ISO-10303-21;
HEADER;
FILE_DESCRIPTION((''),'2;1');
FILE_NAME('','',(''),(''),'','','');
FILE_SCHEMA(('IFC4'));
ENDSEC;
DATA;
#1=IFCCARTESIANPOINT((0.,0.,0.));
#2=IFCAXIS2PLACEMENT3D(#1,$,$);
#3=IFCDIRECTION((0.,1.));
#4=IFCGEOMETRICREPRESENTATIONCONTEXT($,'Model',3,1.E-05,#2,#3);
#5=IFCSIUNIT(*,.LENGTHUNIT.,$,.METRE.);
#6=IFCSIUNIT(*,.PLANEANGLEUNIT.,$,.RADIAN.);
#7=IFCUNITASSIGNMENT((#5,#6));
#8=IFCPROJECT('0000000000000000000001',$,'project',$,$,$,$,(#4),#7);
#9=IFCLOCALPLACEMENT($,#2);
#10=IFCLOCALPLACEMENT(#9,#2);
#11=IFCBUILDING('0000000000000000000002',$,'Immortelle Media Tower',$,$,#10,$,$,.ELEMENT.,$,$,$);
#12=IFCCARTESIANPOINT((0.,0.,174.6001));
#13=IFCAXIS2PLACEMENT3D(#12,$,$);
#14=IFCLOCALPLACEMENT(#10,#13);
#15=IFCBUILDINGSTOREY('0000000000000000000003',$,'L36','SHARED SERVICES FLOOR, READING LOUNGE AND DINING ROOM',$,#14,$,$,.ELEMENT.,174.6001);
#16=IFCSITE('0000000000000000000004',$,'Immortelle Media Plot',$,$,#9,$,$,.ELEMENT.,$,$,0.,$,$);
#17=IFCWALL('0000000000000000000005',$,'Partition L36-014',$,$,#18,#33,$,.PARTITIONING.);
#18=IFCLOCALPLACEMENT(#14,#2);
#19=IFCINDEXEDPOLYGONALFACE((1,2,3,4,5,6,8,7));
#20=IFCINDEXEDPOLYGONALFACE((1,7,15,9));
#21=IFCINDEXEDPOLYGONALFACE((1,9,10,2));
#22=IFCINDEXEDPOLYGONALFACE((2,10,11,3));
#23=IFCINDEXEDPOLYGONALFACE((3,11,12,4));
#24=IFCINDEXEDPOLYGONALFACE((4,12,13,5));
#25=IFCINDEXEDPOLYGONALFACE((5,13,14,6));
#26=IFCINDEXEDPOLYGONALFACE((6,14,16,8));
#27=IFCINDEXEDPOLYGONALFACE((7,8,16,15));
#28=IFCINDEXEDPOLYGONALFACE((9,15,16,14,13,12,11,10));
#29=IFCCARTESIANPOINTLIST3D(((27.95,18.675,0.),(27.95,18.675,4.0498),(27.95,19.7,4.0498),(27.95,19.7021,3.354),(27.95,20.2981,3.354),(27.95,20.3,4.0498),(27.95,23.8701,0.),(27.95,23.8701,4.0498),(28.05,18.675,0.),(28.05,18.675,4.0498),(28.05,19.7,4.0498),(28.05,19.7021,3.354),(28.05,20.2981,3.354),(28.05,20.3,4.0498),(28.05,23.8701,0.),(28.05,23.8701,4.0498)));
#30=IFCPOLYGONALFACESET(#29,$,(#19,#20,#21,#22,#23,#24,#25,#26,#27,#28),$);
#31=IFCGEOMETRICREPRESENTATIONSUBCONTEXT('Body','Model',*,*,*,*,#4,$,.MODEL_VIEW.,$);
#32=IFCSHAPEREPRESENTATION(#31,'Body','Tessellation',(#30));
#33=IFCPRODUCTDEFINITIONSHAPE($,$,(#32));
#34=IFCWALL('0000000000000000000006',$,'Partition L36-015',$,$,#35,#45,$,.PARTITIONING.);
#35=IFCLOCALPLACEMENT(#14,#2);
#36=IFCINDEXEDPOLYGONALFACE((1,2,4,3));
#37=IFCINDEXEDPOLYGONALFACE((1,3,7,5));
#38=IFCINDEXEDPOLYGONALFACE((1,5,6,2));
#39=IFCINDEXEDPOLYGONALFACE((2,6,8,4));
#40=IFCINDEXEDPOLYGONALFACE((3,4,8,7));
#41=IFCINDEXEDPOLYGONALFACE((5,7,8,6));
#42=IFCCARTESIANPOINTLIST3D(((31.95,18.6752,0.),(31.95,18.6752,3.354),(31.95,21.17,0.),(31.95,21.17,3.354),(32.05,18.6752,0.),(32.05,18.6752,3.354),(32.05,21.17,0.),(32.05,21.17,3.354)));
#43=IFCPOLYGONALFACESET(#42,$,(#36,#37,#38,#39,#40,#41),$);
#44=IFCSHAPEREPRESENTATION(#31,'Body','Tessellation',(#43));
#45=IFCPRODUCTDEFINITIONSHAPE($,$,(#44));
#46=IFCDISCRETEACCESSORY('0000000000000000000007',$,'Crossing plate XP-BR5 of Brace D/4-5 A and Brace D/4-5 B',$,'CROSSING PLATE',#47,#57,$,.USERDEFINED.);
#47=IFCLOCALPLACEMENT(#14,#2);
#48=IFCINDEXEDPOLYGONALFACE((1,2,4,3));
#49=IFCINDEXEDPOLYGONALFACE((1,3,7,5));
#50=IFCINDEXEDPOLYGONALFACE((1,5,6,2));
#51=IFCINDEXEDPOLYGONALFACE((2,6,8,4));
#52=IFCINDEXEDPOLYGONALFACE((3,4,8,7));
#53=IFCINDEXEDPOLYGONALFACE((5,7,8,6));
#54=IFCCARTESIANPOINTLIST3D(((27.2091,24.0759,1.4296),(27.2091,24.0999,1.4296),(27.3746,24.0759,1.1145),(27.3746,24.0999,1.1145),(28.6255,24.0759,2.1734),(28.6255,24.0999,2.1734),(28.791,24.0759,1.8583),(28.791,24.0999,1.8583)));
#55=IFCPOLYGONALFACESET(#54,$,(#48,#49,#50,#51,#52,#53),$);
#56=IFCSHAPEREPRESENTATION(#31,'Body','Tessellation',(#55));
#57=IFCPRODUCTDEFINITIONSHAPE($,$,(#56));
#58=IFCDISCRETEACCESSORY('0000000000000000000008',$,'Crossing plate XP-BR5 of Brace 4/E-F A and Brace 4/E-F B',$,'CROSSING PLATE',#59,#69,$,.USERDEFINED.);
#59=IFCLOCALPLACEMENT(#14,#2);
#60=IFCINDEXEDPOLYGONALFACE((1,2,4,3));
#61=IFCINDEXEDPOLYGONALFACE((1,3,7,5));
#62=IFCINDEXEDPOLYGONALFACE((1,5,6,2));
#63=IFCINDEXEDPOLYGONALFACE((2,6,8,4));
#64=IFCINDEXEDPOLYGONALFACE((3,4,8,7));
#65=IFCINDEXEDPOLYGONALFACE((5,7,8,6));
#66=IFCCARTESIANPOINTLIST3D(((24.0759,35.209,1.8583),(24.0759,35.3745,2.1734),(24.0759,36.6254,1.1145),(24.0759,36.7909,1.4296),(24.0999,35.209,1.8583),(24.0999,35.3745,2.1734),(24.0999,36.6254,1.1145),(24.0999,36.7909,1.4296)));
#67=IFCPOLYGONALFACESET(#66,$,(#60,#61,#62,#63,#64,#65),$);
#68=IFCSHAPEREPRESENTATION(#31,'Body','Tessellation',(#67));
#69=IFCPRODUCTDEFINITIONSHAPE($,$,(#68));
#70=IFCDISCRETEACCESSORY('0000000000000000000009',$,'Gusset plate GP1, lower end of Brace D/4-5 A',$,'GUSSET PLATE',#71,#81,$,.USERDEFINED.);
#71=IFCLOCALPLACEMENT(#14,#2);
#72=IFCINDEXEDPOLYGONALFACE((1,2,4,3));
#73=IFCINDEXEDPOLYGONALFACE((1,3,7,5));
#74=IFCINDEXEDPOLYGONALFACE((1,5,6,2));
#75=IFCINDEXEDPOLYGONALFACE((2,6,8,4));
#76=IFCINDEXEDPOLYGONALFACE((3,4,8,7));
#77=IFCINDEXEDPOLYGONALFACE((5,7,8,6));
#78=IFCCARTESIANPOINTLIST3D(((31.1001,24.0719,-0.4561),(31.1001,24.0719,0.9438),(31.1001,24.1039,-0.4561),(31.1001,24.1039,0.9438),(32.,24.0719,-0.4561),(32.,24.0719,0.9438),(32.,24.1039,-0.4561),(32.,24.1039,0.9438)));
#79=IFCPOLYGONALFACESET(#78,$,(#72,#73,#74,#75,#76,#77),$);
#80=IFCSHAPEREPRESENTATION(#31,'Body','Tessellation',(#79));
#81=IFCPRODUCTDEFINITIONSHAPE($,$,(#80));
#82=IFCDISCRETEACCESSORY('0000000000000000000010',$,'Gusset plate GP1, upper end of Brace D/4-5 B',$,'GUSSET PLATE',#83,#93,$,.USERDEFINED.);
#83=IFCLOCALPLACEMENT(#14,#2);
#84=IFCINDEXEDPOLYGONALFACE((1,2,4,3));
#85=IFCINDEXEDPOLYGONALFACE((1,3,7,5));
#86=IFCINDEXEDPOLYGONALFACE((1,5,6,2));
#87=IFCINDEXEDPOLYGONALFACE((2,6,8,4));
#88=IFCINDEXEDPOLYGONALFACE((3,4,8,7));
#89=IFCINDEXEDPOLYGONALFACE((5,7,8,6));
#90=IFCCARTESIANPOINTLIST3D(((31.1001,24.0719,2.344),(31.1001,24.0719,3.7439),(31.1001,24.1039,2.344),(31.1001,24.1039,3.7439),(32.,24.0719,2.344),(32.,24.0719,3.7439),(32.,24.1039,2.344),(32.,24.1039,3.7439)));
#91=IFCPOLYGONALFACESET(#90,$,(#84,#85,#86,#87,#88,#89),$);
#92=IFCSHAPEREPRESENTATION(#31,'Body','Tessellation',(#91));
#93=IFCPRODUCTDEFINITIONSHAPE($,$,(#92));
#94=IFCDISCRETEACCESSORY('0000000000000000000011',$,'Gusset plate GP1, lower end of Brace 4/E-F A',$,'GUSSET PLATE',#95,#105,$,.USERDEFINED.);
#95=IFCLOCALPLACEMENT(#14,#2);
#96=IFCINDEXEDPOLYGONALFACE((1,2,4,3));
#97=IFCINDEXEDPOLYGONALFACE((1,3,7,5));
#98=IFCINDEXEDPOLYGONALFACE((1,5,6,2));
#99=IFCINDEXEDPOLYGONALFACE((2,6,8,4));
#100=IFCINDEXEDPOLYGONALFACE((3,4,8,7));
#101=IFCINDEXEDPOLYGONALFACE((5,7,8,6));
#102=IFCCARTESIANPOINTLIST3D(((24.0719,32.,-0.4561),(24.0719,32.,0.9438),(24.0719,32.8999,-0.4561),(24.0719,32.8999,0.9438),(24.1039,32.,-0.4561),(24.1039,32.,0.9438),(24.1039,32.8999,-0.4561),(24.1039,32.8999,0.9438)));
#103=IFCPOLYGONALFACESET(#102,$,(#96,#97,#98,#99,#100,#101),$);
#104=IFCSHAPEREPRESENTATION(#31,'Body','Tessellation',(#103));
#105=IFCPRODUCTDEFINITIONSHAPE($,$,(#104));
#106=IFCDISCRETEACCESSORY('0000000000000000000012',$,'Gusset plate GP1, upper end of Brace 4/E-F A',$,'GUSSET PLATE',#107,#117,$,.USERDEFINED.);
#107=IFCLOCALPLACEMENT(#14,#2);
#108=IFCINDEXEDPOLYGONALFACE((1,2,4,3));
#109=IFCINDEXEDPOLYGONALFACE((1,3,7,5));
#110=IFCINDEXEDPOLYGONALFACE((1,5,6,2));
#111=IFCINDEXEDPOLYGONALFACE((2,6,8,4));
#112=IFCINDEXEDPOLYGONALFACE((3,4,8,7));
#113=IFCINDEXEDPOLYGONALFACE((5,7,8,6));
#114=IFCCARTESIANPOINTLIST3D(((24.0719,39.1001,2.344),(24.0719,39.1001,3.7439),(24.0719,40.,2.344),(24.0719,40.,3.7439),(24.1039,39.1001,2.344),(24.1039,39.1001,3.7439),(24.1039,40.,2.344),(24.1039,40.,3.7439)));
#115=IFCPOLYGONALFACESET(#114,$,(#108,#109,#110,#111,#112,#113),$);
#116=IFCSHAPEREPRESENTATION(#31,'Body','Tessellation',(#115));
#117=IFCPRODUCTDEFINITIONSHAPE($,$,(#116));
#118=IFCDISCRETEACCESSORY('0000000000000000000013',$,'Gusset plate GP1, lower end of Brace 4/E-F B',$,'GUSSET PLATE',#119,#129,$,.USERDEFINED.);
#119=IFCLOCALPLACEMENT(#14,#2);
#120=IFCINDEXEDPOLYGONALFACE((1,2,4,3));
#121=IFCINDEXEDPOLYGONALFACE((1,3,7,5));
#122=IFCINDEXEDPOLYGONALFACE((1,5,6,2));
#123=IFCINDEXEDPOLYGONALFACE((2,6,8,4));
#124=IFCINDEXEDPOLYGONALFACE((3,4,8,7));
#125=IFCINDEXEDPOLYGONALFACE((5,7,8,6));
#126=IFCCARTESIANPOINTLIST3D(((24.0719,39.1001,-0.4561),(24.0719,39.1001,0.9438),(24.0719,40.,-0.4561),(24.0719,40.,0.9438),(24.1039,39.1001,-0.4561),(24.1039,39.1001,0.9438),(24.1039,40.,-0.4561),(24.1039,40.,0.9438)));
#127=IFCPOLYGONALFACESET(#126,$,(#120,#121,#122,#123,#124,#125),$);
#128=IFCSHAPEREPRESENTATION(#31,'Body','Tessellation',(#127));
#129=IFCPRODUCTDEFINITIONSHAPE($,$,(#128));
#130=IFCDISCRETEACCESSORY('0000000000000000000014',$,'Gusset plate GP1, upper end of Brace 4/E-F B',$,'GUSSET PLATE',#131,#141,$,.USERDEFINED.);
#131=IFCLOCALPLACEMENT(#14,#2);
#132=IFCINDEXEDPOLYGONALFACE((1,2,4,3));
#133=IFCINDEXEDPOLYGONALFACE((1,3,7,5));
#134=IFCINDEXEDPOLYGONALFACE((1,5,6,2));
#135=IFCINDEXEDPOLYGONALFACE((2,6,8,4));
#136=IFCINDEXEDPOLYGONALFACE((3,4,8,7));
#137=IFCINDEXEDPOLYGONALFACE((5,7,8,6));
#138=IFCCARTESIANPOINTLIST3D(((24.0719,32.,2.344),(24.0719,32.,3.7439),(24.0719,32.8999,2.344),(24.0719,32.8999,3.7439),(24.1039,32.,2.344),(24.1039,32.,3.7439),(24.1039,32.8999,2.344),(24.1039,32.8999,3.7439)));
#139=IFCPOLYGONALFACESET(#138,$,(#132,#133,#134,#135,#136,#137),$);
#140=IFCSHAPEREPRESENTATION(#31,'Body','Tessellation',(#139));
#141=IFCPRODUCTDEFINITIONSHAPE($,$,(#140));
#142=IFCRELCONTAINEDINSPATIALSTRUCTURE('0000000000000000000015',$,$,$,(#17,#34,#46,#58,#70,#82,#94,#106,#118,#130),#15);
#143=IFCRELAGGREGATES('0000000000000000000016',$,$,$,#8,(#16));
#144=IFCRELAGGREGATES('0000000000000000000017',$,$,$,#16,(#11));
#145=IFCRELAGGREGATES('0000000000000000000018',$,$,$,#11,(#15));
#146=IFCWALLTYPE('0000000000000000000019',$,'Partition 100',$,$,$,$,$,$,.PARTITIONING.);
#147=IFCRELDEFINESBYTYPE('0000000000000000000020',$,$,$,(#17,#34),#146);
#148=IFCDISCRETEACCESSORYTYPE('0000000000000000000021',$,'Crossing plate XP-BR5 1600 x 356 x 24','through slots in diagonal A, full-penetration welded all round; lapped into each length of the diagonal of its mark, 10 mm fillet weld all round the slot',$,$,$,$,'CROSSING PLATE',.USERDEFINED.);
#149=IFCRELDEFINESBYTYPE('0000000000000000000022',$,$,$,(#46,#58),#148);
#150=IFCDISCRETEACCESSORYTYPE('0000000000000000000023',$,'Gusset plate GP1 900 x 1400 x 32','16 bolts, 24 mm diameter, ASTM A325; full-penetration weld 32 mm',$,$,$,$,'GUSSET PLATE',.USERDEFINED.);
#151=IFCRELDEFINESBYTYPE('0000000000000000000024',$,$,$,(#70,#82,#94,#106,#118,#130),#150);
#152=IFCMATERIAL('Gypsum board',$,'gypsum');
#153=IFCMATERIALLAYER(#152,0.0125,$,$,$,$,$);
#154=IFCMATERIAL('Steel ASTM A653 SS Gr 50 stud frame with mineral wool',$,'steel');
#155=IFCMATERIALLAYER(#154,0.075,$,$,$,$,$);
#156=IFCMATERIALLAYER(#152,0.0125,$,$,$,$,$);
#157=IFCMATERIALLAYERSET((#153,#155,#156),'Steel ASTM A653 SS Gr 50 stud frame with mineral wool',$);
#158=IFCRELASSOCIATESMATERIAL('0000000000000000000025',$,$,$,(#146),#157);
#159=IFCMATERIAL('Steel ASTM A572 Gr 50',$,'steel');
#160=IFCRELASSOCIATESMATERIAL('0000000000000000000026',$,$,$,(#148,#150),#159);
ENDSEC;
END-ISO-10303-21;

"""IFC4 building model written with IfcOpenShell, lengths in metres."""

from ifc_helpers import new_model, si_unit, direction, frame, frame_2d, origin, origin_2d, place, context, subcontext, project, spatial, polyline, rectangle, outline, extrude, material, layer, layer_set, material_profile, profile_set, type_object, element, save


model = new_model("IFC4")

# Units and contexts
model_context = context("Model", 3, precision=1e-05, world=origin(), true_north=direction((0.0, 1.0)))
body_context = subcontext(model_context, "Body", "Model", "MODEL_VIEW")
ifc_project = project(units=[si_unit("LENGTHUNIT", "METRE"), si_unit("PLANEANGLEUNIT", "RADIAN")], contexts=[model_context])

# Site, building, storey
site_placement = place(None, origin())
site = spatial("IfcSite", under=ifc_project, at=site_placement, Name="Immortelle Media Plot", CompositionType="ELEMENT", RefElevation=0.0)
building_placement = place(site_placement, origin())
building = spatial("IfcBuilding", under=site, at=building_placement, Name="Immortelle Media Tower", CompositionType="ELEMENT")
storey_placement = place(building_placement, frame((0.0, 0.0, 174.6001)))
storey = spatial("IfcBuildingStorey", under=building, at=storey_placement, Name="L36", Description="SHARED SERVICES FLOOR, READING LOUNGE AND DINING ROOM", CompositionType="ELEMENT", Elevation=174.6001)

# Shared definitions
ifc_material_1 = material(Name="Steel ASTM A653 SS Gr 50 stud frame with mineral wool", Category="steel")

# Walls
ifc_material_2 = material(Name="Gypsum board", Category="gypsum")
ifc_layer_1 = layer(ifc_material_2, 0.0125)
ifc_layer_2 = layer(ifc_material_1, 0.075)
ifc_layer_3 = layer(ifc_material_2, 0.0125)
ifc_layer_set_1 = layer_set([ifc_layer_1, ifc_layer_2, ifc_layer_3], Name="Steel ASTM A653 SS Gr 50 stud frame with mineral wool")
wall_type_1 = type_object("IfcWallType", Name="Partition 100", PredefinedType="PARTITIONING", material=ifc_layer_set_1)
wall_1_placement = place(storey_placement, frame((28.0, 18.675, 0.0), z_axis=(0.0, 0.0, 1.0), x_axis=(0.0, 1.0, 0.0)))
element("IfcWall", 1, at=wall_1_placement, inside=storey, type_object=wall_type_1, Name="Partition L36-014", PredefinedType="PARTITIONING", context=body_context, shape_type="SweptSolid", body=[
    extrude(outline(polyline([(0.0, 0.0), (5.1951, 0.0), (5.1951, 4.0498), (1.625, 4.0498), (1.623, 3.354), (1.0271, 3.354), (1.0249, 4.0498), (0.0, 4.0498), (0.0, 0.0)])), frame((0.0, 0.05, 0.0), z_axis=(0.0, -1.0, 0.0), x_axis=(1.0, 0.0, 0.0)), (0.0, 0.0, 1.0), 0.1001),
])
wall_2_placement = place(storey_placement, frame((32.0, 18.675, 0.0), z_axis=(0.0, 0.0, 1.0), x_axis=(0.0, 1.0, 0.0)))
element("IfcWall", 2, at=wall_2_placement, inside=storey, type_object=wall_type_1, Name="Partition L36-015", PredefinedType="PARTITIONING", context=body_context, shape_type="SweptSolid", body=[
    extrude(rectangle(XDim=2.4949, YDim=0.1001, at=frame_2d((1.2476, 0.0))), origin(), (0.0, 0.0, 1.0), 3.354),
])

# Discrete accessories
ifc_material_3 = material(Name="Steel ASTM A572 Gr 50", Category="steel")
ifc_material_profile_1 = material_profile(ifc_material_3, rectangle(XDim=0.0239, YDim=0.356, at=origin_2d()), Name="PL 24 x 356")
ifc_profile_set_1 = profile_set([ifc_material_profile_1], Name="Steel ASTM A572 Gr 50")
discrete_accessory_type_1 = type_object("IfcDiscreteAccessoryType", Name="Crossing plate XP-BR5 1600 x 356 x 24", Description="through slots in diagonal A, full-penetration welded all round; lapped into each length of the diagonal of its mark, 10 mm fillet weld all round the slot", ElementType="CROSSING PLATE", PredefinedType="USERDEFINED", material=ifc_profile_set_1)
for number, where, z_axis, x_axis, name in (
    (3, (28.7083, 24.0879, 2.0159), (-0.885338, 0.0, -0.464948), (0.0, -1.0, 0.0), "Crossing plate XP-BR5 of Brace D/4-5 A and Brace D/4-5 B"),
    (4, (24.0879, 35.2917, 2.0159), (0.0, 0.885338, -0.464948), (-1.0, 0.0, 0.0), "Crossing plate XP-BR5 of Brace 4/E-F A and Brace 4/E-F B"),
):
    element("IfcDiscreteAccessory", number, at=place(storey_placement, frame(where, z_axis=z_axis, x_axis=x_axis)), inside=storey, type_object=discrete_accessory_type_1, Name=name, ObjectType="CROSSING PLATE", PredefinedType="USERDEFINED", context=body_context, shape_type="SweptSolid", body=[
        extrude(rectangle(XDim=0.0239, YDim=0.356, at=origin_2d()), origin(), (0.0, 0.0, 1.0), 1.5999),
    ])
ifc_material_profile_2 = material_profile(ifc_material_3, rectangle(XDim=0.032, YDim=1.3999, at=origin_2d()), Name="PL 32 x 1400")
ifc_profile_set_2 = profile_set([ifc_material_profile_2], Name="Steel ASTM A572 Gr 50")
discrete_accessory_type_2 = type_object("IfcDiscreteAccessoryType", Name="Gusset plate GP1 900 x 1400 x 32", Description="16 bolts, 24 mm diameter, ASTM A325; full-penetration weld 32 mm", ElementType="GUSSET PLATE", PredefinedType="USERDEFINED", material=ifc_profile_set_2)
for number, where, z_axis, x_axis, name in (
    (5, (32.0, 24.0879, 0.2439), (-1.0, 0.0, 0.0), (0.0, -1.0, 0.0), "Gusset plate GP1, lower end of Brace D/4-5 A"),
    (6, (32.0, 24.0879, 3.0439), (-1.0, 0.0, 0.0), (0.0, -1.0, 0.0), "Gusset plate GP1, upper end of Brace D/4-5 B"),
    (7, (24.0879, 32.0, 0.2439), (0.0, 1.0, 0.0), (-1.0, 0.0, 0.0), "Gusset plate GP1, lower end of Brace 4/E-F A"),
    (8, (24.0879, 40.0, 3.0439), (0.0, -1.0, 0.0), (1.0, 0.0, 0.0), "Gusset plate GP1, upper end of Brace 4/E-F A"),
    (9, (24.0879, 40.0, 0.2439), (0.0, -1.0, 0.0), (1.0, 0.0, 0.0), "Gusset plate GP1, lower end of Brace 4/E-F B"),
    (10, (24.0879, 32.0, 3.0439), (0.0, 1.0, 0.0), (-1.0, 0.0, 0.0), "Gusset plate GP1, upper end of Brace 4/E-F B"),
):
    element("IfcDiscreteAccessory", number, at=place(storey_placement, frame(where, z_axis=z_axis, x_axis=x_axis)), inside=storey, type_object=discrete_accessory_type_2, Name=name, ObjectType="GUSSET PLATE", PredefinedType="USERDEFINED", context=body_context, shape_type="SweptSolid", body=[
        extrude(rectangle(XDim=0.032, YDim=1.3999, at=origin_2d()), origin(), (0.0, 0.0, 1.0), 0.8999),
    ])

save(model, "model.ifc")
